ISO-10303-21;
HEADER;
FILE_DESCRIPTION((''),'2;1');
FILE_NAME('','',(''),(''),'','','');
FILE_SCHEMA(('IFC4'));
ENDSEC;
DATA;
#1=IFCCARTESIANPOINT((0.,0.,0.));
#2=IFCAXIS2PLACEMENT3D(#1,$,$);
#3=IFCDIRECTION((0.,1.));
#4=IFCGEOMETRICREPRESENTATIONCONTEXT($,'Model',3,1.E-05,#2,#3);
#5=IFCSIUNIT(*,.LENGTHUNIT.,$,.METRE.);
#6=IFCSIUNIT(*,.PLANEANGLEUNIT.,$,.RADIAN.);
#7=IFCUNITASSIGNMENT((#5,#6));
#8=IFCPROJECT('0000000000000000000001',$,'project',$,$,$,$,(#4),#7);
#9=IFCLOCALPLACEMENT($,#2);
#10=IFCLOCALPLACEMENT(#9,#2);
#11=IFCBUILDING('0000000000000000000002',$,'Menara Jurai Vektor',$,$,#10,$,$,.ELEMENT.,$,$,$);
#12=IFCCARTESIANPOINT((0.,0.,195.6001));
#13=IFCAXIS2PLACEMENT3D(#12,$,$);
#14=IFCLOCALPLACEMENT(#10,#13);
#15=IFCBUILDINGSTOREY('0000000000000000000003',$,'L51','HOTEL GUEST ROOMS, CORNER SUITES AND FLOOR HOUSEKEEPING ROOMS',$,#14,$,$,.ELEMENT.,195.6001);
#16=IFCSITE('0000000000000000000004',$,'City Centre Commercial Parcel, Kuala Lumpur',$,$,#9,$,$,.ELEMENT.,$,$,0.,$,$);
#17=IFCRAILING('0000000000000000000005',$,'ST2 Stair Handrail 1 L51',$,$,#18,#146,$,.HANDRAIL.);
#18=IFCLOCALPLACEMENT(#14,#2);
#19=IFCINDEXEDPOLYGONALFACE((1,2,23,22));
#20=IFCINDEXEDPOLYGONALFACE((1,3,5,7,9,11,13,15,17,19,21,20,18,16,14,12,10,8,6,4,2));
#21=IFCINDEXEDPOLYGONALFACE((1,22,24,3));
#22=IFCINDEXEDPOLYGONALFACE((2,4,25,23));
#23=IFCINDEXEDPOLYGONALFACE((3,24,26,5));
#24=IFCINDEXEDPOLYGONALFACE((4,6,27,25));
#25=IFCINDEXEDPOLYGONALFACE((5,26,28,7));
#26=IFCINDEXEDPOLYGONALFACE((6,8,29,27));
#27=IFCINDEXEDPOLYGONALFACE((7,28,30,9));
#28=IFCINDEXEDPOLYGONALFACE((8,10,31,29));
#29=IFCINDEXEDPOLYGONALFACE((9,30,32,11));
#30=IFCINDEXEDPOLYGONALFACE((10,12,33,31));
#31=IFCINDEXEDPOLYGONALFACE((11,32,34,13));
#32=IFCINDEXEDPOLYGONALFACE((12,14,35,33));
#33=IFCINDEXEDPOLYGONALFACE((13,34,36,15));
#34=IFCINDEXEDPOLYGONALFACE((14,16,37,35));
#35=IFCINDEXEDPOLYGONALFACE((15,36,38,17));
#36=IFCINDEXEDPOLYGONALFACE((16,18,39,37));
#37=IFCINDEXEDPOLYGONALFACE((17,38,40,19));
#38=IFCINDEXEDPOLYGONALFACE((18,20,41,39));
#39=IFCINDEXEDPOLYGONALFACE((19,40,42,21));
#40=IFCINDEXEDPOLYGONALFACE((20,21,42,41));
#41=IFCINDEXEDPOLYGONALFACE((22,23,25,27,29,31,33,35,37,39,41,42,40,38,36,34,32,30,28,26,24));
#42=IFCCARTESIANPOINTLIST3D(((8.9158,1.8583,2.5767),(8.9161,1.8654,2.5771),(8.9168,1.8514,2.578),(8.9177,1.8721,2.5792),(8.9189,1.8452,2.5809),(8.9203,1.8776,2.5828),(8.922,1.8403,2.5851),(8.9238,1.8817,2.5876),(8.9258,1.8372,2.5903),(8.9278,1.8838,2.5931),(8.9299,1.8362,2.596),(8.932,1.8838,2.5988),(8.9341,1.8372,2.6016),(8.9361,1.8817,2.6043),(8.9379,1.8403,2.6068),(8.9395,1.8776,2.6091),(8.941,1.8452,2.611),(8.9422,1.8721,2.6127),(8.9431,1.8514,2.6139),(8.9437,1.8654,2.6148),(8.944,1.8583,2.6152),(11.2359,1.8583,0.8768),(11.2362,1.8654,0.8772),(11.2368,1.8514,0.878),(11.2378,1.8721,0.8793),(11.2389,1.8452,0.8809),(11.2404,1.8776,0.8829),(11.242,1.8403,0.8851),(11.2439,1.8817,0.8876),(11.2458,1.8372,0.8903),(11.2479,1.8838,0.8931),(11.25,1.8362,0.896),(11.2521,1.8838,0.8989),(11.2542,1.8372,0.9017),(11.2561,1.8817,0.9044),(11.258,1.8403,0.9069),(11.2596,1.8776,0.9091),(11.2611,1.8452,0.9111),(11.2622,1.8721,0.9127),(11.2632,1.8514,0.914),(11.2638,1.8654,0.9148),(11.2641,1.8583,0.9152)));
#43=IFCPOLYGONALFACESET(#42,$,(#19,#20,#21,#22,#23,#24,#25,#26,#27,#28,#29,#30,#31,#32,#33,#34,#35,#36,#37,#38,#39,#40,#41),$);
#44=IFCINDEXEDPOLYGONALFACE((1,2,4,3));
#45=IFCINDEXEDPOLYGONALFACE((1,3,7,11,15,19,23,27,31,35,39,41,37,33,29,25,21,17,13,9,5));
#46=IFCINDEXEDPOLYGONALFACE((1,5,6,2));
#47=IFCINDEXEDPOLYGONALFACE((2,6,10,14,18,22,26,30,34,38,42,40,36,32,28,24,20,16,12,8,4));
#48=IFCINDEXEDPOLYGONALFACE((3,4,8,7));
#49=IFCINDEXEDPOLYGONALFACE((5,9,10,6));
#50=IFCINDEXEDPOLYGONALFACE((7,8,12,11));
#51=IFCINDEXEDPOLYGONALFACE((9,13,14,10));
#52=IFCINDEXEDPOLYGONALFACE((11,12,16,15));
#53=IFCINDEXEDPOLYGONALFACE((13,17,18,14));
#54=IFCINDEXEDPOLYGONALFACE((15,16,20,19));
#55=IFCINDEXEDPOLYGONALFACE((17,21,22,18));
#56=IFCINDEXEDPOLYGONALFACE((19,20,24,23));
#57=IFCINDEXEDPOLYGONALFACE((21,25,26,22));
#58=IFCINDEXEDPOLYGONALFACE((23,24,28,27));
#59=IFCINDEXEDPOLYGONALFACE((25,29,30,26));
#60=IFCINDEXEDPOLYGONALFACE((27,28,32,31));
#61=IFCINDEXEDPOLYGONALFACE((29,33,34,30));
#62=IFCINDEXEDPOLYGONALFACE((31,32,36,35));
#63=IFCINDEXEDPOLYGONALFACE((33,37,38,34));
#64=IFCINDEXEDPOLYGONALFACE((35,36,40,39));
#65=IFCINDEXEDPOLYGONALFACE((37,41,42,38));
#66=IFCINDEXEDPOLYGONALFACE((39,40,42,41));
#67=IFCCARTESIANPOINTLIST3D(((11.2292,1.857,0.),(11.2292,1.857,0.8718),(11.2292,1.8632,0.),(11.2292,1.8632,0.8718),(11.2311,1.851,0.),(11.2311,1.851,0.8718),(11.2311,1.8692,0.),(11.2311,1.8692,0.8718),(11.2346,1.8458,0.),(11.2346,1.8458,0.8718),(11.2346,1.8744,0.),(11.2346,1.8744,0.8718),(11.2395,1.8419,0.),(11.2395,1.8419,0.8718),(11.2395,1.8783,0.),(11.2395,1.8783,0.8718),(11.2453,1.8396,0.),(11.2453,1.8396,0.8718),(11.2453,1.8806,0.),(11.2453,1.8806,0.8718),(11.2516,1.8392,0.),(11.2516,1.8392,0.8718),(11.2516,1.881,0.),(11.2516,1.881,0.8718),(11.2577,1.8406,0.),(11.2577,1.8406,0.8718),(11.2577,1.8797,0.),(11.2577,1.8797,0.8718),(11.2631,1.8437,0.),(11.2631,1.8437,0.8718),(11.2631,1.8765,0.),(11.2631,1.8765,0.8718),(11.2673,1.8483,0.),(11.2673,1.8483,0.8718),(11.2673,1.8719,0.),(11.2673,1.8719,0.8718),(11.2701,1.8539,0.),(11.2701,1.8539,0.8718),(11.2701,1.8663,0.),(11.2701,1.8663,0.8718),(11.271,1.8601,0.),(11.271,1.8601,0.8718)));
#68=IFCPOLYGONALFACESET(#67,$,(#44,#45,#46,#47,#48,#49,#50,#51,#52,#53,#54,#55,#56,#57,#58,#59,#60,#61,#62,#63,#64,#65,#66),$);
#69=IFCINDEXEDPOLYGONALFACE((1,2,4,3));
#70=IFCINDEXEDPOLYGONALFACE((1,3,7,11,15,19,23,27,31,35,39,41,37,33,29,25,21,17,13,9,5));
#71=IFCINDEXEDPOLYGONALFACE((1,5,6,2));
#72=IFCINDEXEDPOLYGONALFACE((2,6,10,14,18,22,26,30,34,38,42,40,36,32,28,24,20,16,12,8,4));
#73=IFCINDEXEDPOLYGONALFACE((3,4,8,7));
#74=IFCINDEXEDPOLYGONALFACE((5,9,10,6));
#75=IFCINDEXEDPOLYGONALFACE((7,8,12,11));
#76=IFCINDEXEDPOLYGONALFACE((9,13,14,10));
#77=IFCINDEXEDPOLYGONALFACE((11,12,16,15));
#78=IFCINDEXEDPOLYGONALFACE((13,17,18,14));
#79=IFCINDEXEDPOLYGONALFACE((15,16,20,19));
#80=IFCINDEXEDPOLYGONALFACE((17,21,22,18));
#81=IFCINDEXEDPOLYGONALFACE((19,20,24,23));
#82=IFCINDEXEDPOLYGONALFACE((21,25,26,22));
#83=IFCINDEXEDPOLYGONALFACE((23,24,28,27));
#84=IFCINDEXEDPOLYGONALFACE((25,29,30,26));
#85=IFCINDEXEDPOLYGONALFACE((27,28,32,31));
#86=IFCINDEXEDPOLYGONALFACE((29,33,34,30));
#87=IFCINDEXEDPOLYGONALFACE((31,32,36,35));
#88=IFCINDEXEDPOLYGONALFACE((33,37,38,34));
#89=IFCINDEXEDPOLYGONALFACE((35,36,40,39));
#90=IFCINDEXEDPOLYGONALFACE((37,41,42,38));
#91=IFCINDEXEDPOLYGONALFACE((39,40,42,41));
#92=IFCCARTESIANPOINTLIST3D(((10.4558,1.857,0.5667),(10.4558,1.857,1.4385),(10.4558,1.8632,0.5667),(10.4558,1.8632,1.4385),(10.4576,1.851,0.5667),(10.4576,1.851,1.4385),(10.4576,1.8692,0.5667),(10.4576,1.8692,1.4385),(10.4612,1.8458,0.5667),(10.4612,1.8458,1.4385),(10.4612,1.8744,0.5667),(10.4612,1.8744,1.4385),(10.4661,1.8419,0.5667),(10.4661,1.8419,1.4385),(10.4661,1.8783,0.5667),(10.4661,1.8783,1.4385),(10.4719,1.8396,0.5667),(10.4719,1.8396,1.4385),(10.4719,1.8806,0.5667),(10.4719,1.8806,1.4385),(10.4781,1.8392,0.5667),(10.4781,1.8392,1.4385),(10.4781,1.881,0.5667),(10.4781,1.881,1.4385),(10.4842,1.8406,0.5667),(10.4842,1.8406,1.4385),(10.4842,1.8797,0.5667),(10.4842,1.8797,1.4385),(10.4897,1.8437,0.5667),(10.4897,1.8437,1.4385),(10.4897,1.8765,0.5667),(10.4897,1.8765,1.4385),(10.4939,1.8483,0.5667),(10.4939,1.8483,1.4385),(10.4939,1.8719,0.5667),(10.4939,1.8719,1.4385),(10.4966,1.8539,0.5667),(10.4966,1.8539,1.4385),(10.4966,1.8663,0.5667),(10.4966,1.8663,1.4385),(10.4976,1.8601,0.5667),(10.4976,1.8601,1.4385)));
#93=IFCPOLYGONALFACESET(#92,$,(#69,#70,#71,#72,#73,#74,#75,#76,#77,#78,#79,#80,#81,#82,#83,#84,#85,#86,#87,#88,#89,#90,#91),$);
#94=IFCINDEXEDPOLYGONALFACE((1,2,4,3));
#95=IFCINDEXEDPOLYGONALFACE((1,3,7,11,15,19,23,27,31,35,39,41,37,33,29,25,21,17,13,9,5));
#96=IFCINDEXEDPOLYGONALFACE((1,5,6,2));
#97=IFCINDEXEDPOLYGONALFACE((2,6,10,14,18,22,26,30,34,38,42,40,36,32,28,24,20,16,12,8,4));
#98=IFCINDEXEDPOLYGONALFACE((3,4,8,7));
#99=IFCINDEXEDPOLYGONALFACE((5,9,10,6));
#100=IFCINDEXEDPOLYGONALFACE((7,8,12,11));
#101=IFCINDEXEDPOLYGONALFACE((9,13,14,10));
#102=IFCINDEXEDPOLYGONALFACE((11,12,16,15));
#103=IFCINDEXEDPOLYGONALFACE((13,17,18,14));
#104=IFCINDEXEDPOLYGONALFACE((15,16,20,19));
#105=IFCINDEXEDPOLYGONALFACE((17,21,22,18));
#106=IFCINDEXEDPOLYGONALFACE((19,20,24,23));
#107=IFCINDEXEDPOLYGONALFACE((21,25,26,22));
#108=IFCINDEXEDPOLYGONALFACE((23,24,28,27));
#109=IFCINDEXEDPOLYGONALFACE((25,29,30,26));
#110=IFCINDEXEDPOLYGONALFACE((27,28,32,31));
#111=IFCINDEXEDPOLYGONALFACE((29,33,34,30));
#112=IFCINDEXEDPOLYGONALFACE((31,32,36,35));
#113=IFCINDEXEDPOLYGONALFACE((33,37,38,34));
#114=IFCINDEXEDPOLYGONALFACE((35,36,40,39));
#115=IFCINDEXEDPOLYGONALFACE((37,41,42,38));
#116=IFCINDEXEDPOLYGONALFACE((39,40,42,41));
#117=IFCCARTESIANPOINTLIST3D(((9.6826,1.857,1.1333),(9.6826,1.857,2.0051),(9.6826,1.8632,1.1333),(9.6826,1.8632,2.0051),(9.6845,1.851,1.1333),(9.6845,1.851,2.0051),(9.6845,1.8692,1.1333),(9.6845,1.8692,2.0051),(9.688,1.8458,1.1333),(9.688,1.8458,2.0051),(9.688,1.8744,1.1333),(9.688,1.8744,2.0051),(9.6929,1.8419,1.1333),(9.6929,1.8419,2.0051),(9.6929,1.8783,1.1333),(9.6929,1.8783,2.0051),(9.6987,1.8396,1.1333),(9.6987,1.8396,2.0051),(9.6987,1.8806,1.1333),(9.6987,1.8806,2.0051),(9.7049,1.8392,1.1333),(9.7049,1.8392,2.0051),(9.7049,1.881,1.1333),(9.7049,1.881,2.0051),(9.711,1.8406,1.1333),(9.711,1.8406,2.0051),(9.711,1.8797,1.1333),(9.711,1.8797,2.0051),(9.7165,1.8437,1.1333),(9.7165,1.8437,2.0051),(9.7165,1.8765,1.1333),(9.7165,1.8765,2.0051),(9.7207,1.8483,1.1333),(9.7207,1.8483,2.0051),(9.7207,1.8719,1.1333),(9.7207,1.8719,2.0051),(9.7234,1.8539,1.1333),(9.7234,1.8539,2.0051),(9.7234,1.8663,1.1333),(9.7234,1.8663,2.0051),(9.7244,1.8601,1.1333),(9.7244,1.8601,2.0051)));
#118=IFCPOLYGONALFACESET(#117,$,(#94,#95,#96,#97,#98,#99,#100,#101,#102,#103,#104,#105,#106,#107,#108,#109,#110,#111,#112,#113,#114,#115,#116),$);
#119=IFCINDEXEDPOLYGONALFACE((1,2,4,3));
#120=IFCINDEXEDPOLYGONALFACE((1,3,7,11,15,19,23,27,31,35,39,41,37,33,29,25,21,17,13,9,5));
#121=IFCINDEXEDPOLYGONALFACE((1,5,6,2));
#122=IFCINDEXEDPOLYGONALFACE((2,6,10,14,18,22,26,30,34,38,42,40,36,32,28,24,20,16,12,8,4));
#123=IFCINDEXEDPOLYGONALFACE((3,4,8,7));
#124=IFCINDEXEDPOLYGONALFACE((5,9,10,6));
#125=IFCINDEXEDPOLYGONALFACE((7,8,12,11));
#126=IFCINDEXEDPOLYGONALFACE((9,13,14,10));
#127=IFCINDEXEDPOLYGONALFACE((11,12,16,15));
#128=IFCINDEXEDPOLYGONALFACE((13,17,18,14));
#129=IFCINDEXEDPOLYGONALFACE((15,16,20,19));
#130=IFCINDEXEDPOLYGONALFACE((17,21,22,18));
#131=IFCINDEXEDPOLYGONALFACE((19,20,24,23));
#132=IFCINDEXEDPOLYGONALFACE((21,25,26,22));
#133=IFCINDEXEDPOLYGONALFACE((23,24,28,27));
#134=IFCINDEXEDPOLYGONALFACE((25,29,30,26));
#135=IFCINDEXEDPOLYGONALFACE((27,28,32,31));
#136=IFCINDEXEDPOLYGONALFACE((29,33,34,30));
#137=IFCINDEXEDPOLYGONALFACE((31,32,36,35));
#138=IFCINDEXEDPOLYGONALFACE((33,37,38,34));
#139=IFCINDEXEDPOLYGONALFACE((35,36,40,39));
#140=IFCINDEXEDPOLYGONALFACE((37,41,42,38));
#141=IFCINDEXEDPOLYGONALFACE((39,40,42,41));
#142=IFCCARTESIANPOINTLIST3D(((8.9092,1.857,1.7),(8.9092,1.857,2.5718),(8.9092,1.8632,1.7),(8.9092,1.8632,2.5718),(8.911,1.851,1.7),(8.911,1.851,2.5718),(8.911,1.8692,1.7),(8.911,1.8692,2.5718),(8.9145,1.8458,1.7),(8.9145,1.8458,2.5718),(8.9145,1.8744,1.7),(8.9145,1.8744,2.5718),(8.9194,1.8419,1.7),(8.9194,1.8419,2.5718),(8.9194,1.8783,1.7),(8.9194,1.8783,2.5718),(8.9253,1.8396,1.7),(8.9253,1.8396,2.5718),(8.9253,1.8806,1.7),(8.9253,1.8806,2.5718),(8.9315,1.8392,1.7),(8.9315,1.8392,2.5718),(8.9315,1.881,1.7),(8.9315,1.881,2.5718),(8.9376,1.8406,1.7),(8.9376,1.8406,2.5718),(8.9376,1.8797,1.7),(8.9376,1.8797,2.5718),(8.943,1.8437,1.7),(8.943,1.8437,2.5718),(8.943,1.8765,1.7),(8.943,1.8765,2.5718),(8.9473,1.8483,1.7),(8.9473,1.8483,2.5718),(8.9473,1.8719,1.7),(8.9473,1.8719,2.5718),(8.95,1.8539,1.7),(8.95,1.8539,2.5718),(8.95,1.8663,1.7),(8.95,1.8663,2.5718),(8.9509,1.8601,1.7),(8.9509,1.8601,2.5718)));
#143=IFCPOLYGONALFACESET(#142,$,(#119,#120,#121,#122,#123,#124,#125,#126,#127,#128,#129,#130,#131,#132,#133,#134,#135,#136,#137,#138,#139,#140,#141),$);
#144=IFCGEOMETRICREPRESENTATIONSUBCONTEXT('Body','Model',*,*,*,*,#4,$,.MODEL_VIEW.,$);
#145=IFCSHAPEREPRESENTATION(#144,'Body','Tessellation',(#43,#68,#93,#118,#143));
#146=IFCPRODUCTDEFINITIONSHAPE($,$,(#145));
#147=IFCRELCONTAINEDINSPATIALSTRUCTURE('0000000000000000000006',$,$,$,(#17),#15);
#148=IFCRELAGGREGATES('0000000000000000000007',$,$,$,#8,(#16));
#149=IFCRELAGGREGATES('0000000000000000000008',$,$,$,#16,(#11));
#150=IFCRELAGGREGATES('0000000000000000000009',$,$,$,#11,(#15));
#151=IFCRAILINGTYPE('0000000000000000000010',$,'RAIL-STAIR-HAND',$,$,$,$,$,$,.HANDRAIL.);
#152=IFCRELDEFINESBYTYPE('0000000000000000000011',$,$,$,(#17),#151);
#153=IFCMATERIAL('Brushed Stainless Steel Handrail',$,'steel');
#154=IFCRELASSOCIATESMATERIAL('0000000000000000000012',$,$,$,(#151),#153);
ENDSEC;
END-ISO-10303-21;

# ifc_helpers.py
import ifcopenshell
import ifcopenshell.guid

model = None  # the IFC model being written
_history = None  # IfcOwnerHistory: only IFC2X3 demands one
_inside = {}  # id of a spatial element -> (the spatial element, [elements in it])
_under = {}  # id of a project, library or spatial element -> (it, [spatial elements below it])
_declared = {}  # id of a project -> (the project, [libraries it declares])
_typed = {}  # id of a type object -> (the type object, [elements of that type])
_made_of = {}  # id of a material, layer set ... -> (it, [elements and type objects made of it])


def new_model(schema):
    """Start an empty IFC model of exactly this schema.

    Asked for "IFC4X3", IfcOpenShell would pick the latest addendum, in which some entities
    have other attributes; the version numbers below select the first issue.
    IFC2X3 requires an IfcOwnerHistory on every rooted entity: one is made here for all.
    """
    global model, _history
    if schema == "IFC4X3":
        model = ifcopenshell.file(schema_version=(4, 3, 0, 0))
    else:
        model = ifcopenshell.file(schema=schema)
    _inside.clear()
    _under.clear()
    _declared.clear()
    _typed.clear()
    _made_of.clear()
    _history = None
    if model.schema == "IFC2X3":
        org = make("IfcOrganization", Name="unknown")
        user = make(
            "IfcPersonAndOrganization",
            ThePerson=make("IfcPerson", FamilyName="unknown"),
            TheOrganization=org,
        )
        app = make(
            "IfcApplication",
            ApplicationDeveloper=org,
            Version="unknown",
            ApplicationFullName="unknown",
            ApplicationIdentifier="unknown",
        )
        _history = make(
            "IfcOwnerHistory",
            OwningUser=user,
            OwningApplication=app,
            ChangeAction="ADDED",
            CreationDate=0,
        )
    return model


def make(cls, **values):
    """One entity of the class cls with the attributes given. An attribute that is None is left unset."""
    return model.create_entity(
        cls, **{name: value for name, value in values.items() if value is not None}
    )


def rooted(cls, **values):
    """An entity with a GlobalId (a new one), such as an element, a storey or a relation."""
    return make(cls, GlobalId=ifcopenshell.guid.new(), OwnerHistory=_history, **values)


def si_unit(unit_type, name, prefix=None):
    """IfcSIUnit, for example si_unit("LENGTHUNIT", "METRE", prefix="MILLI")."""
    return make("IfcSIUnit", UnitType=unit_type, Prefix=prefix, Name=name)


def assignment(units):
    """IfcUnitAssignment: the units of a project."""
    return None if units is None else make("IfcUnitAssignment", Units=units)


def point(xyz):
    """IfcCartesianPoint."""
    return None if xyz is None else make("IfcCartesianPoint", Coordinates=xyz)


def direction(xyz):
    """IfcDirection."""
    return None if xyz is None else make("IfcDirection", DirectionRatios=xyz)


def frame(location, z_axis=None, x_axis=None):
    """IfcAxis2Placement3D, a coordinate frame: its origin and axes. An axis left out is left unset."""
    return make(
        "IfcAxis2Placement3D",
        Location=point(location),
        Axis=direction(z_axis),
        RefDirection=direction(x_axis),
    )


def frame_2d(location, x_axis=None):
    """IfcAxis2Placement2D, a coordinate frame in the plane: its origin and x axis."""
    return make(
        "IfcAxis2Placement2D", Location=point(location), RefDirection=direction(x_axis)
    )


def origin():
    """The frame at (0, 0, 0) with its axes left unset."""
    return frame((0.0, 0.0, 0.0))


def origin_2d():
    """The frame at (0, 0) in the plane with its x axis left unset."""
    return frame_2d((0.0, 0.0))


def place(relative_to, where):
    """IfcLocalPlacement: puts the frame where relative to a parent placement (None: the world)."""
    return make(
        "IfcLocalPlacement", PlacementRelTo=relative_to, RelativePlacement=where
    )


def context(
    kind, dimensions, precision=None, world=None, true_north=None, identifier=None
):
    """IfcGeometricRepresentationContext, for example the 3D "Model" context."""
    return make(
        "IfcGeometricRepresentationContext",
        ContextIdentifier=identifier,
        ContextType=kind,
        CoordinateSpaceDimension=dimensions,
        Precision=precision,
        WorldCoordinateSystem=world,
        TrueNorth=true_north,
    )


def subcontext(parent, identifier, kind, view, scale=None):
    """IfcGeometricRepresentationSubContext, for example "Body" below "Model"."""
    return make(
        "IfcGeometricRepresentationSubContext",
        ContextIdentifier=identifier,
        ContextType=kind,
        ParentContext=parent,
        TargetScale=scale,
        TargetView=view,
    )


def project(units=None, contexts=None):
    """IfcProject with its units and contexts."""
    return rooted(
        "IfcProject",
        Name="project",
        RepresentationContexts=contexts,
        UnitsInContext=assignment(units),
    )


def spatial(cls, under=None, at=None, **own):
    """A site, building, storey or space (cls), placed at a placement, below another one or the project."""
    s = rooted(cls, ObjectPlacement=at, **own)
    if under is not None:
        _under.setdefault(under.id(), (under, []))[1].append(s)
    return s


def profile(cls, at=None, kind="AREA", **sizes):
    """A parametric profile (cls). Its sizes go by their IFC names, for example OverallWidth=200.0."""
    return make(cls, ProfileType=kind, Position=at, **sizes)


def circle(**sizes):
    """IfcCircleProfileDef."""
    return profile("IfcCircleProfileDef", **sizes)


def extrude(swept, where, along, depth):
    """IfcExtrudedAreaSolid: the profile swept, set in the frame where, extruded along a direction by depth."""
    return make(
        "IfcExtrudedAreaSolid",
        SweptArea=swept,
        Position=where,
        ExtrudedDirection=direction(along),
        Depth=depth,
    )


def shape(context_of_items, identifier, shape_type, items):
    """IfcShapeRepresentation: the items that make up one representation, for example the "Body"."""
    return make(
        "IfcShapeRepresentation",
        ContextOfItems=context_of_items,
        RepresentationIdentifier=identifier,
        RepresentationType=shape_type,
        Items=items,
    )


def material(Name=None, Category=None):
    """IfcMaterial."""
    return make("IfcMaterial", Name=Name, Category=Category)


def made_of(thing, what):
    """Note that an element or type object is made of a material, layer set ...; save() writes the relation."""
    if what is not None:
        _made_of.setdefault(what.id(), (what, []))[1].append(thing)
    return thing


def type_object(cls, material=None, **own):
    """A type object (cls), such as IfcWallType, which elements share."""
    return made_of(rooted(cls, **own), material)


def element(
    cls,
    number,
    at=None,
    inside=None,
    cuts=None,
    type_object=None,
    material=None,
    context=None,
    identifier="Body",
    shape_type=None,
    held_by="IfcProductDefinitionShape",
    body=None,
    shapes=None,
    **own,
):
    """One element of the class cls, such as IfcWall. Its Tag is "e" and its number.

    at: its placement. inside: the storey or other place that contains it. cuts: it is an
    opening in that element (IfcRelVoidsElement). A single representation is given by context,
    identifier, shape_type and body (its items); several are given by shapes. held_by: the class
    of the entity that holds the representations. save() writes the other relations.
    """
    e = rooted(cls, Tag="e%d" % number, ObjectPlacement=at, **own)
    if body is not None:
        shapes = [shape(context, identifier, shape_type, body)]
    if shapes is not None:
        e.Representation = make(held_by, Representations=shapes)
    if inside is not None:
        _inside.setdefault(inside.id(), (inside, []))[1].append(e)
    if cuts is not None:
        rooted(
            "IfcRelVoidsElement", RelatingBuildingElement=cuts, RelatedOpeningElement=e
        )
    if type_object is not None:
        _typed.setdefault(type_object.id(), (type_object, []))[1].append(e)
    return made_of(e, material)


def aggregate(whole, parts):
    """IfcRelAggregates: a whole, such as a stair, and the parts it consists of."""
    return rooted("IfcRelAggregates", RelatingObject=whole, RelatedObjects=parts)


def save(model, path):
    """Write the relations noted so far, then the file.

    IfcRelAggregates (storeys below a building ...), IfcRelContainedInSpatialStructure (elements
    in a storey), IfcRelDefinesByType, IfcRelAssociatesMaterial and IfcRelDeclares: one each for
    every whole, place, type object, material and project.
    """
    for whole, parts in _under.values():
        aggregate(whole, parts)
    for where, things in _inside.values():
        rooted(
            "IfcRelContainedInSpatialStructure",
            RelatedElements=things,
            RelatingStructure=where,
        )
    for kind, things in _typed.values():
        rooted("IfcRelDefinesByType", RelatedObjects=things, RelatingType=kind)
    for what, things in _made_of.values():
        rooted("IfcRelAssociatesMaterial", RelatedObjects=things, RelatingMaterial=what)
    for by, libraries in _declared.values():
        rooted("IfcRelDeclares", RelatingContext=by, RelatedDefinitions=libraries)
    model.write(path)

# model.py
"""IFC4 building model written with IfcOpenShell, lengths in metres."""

from ifc_helpers import new_model, si_unit, direction, frame, origin, origin_2d, place, context, subcontext, project, spatial, circle, extrude, material, type_object, element, save


model = new_model("IFC4")

# Units and contexts
model_context = context("Model", 3, precision=1e-05, world=origin(), true_north=direction((0.0, 1.0)))
body_context = subcontext(model_context, "Body", "Model", "MODEL_VIEW")
ifc_project = project(units=[si_unit("LENGTHUNIT", "METRE"), si_unit("PLANEANGLEUNIT", "RADIAN")], contexts=[model_context])

# Site, building, storey
site_placement = place(None, origin())
site = spatial("IfcSite", under=ifc_project, at=site_placement, Name="City Centre Commercial Parcel, Kuala Lumpur", CompositionType="ELEMENT", RefElevation=0.0)
building_placement = place(site_placement, origin())
building = spatial("IfcBuilding", under=site, at=building_placement, Name="Menara Jurai Vektor", CompositionType="ELEMENT")
storey_placement = place(building_placement, frame((0.0, 0.0, 195.6001)))
storey = spatial("IfcBuildingStorey", under=building, at=storey_placement, Name="L51", Description="HOTEL GUEST ROOMS, CORNER SUITES AND FLOOR HOUSEKEEPING ROOMS", CompositionType="ELEMENT", Elevation=195.6001)

# Railing
ifc_material_1 = material(Name="Brushed Stainless Steel Handrail", Category="steel")
railing_type_1 = type_object("IfcRailingType", Name="RAIL-STAIR-HAND", PredefinedType="HANDRAIL", material=ifc_material_1)
railing_1_placement = place(storey_placement, frame((11.25, 1.8601, 0.0)))
element("IfcRailing", 1, at=railing_1_placement, inside=storey, type_object=railing_type_1, Name="ST2 Stair Handrail 1 L51", PredefinedType="HANDRAIL", context=body_context, shape_type="SweptSolid", body=[
    extrude(circle(Radius=0.0239, at=origin_2d()), frame((0.0, 0.0, 0.896), z_axis=(-0.806642, 0.0, 0.59104), x_axis=(0.0, -1.0, 0.0)), (0.0, 0.0, 1.0), 2.8762),
    extrude(circle(Radius=0.021, at=origin_2d()), origin(), (0.0, 0.0, 1.0), 0.8718),
    extrude(circle(Radius=0.021, at=origin_2d()), frame((-0.7734, 0.0, 0.5667)), (0.0, 0.0, 1.0), 0.8718),
    extrude(circle(Radius=0.021, at=origin_2d()), frame((-1.5466, 0.0, 1.1333)), (0.0, 0.0, 1.0), 0.8718),
    extrude(circle(Radius=0.021, at=origin_2d()), frame((-2.3201, 0.0, 1.7)), (0.0, 0.0, 1.0), 0.8718),
])

save(model, "model.ifc")
